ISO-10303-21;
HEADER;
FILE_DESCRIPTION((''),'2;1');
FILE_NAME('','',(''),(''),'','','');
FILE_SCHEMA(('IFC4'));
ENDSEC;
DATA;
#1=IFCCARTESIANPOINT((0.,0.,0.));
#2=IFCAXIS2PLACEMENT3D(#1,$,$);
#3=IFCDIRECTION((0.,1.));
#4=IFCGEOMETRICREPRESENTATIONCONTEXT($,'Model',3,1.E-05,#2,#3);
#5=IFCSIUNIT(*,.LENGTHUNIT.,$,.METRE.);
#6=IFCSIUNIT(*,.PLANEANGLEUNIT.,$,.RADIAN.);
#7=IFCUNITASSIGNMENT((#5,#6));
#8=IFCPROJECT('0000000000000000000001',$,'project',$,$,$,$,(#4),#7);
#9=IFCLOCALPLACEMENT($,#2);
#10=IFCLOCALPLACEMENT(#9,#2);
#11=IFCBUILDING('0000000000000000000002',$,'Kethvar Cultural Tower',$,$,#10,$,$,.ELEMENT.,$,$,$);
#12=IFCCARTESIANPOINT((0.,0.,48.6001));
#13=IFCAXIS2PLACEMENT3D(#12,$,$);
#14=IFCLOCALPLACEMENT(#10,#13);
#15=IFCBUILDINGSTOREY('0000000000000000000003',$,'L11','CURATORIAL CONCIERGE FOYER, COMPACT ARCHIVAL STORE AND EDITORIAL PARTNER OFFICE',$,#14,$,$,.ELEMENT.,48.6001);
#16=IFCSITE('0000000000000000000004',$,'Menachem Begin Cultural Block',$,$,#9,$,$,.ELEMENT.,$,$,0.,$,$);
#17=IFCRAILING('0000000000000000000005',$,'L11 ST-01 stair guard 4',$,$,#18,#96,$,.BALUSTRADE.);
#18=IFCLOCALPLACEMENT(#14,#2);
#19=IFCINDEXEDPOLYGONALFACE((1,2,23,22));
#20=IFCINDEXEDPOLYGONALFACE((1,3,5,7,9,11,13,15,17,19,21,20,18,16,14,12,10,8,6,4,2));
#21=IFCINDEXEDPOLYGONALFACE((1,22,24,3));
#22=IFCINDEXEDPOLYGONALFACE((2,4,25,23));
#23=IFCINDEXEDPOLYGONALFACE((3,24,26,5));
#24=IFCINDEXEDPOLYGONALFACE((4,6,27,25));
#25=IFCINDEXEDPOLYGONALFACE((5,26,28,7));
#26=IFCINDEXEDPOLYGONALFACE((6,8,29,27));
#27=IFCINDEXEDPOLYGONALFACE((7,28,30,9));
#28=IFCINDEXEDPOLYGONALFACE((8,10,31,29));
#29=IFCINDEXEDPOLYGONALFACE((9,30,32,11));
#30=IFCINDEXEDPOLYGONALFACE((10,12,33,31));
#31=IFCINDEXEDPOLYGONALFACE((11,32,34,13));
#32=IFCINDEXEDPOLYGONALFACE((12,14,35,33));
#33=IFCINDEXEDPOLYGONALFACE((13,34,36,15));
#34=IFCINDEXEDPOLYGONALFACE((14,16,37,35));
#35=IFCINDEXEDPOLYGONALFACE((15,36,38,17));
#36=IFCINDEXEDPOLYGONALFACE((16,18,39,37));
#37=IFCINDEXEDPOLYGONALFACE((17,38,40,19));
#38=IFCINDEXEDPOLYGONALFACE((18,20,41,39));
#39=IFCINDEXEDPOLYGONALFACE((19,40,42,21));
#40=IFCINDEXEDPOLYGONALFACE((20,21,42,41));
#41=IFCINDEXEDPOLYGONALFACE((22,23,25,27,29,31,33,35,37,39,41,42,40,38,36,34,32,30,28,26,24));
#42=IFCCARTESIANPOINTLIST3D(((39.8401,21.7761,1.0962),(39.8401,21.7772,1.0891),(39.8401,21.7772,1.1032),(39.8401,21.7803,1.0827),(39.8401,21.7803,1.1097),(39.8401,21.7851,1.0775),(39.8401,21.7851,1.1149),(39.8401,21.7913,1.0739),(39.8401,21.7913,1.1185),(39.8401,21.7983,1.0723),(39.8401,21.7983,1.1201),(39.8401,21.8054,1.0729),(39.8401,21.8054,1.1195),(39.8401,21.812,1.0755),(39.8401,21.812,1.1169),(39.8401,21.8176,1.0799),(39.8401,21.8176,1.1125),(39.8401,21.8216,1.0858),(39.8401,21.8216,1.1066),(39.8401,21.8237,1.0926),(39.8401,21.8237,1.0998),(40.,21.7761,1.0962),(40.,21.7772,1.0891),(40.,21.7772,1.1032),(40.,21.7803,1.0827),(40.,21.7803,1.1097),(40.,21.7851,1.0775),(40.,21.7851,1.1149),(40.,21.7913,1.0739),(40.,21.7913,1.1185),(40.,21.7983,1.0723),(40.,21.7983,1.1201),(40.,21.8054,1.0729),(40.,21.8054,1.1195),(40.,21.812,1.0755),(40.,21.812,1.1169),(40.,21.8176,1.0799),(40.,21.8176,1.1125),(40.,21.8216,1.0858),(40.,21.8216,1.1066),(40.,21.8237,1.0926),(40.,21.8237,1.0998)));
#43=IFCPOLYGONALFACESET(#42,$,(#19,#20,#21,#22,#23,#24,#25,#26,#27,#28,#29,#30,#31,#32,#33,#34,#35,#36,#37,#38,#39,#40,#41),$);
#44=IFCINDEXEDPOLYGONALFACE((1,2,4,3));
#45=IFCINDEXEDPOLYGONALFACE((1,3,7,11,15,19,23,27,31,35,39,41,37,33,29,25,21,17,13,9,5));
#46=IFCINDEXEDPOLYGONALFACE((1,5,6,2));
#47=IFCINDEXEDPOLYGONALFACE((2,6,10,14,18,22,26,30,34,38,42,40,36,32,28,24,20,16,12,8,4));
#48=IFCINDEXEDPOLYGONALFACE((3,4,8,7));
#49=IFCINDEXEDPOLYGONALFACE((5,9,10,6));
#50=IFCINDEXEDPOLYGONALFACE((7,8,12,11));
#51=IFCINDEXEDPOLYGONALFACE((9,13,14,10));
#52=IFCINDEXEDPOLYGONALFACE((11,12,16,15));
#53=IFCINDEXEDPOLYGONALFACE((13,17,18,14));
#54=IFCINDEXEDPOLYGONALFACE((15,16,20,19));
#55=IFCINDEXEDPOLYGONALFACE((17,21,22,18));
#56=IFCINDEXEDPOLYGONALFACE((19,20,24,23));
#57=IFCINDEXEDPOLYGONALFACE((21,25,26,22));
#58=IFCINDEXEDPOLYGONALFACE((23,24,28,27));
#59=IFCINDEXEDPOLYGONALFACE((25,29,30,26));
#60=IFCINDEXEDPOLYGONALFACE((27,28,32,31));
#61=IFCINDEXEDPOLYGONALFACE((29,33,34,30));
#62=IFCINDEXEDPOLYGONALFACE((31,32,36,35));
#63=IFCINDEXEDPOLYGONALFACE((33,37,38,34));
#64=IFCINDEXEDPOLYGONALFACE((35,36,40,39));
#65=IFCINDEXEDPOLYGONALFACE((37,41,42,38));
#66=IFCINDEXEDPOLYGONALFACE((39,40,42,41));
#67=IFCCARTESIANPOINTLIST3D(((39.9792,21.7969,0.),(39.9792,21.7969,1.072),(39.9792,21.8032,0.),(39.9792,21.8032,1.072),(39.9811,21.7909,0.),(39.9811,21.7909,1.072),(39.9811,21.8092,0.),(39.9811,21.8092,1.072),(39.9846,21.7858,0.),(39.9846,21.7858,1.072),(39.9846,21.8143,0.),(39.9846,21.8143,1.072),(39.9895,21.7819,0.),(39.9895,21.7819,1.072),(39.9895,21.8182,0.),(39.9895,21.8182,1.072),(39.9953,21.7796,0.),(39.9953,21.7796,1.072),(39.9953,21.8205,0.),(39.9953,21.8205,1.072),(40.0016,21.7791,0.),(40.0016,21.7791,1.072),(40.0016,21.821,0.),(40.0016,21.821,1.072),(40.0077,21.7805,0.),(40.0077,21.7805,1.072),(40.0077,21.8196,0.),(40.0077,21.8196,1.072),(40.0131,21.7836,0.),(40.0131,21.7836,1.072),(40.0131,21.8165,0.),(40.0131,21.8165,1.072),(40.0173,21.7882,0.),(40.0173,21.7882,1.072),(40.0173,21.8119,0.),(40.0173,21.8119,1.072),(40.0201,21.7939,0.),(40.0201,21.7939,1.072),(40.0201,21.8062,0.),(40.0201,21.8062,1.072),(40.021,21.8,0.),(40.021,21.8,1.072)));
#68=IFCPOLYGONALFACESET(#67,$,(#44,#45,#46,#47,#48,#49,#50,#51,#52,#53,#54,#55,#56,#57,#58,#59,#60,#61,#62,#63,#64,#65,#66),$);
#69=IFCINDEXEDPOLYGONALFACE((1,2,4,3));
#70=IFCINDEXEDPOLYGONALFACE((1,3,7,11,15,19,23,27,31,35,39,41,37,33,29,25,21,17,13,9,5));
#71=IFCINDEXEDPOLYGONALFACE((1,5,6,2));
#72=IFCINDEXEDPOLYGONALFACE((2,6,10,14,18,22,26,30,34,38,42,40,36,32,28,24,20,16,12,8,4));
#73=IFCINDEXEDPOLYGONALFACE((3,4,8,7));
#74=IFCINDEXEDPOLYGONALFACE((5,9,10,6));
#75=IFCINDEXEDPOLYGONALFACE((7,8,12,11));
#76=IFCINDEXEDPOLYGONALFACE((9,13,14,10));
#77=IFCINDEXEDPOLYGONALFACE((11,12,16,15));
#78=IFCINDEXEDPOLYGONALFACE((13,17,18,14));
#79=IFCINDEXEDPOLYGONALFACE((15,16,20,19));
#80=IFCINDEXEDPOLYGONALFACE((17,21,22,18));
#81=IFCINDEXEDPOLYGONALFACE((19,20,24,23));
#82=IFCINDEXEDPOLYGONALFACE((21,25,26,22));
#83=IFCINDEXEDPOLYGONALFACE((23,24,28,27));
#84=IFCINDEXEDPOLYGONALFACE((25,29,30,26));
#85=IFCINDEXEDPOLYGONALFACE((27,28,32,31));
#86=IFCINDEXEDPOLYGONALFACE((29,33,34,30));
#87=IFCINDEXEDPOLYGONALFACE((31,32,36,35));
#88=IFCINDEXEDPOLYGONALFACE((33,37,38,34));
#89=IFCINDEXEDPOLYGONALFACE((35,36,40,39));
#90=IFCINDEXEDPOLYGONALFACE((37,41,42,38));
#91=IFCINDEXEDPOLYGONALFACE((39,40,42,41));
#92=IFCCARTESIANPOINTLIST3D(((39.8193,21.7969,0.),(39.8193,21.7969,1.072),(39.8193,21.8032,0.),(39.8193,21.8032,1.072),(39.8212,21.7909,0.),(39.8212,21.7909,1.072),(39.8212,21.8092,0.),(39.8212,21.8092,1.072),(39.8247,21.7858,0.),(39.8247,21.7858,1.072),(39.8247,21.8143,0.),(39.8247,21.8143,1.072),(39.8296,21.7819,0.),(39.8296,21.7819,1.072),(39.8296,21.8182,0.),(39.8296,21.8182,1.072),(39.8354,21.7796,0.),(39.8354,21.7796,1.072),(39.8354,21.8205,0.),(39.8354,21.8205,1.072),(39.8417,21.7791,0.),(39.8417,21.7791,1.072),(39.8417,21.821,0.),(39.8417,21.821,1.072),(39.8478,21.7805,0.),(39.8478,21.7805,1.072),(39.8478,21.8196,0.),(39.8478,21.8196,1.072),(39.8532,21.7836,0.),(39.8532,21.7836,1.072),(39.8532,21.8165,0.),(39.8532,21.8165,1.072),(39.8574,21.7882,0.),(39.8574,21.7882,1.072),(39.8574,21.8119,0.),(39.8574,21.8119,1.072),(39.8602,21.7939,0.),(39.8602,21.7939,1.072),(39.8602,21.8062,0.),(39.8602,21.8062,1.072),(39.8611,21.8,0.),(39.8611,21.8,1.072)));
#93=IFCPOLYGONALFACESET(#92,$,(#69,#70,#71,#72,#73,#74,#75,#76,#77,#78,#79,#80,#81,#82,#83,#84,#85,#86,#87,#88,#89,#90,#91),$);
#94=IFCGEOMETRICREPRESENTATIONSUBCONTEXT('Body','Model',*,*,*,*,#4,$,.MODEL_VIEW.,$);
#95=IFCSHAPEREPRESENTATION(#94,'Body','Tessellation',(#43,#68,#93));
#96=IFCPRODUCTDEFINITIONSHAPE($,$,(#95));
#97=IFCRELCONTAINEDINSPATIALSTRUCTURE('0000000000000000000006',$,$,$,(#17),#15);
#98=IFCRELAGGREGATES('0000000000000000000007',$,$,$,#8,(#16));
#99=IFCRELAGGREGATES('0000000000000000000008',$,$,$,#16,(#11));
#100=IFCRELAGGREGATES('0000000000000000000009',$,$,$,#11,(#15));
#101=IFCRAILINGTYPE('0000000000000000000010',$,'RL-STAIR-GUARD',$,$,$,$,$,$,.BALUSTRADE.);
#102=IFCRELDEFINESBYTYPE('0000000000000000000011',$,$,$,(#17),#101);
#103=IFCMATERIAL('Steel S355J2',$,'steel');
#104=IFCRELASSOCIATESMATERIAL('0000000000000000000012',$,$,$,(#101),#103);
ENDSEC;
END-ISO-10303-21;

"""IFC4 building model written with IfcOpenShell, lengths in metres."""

from ifc_helpers import new_model, si_unit, direction, frame, origin, origin_2d, place, context, subcontext, project, spatial, circle, extrude, material, type_object, element, save


model = new_model("IFC4")

# Units and contexts
model_context = context("Model", 3, precision=1e-05, world=origin(), true_north=direction((0.0, 1.0)))
body_context = subcontext(model_context, "Body", "Model", "MODEL_VIEW")
ifc_project = project(units=[si_unit("LENGTHUNIT", "METRE"), si_unit("PLANEANGLEUNIT", "RADIAN")], contexts=[model_context])

# Site, building, storey
site_placement = place(None, origin())
site = spatial("IfcSite", under=ifc_project, at=site_placement, Name="Menachem Begin Cultural Block", CompositionType="ELEMENT", RefElevation=0.0)
building_placement = place(site_placement, origin())
building = spatial("IfcBuilding", under=site, at=building_placement, Name="Kethvar Cultural Tower", CompositionType="ELEMENT")
storey_placement = place(building_placement, frame((0.0, 0.0, 48.6001)))
storey = spatial("IfcBuildingStorey", under=building, at=storey_placement, Name="L11", Description="CURATORIAL CONCIERGE FOYER, COMPACT ARCHIVAL STORE AND EDITORIAL PARTNER OFFICE", CompositionType="ELEMENT", Elevation=48.6001)

# Shared definitions
ifc_material_1 = material(Name="Steel S355J2", Category="steel")

# Railing
railing_type_1 = type_object("IfcRailingType", Name="RL-STAIR-GUARD", PredefinedType="BALUSTRADE", material=ifc_material_1)
railing_1_placement = place(storey_placement, frame((40.0, 21.8, 0.0)))
element("IfcRailing", 1, at=railing_1_placement, inside=storey, type_object=railing_type_1, Name="L11 ST-01 stair guard 4", PredefinedType="BALUSTRADE", context=body_context, shape_type="SweptSolid", body=[
    extrude(circle(Radius=0.0239, at=origin_2d()), frame((0.0, 0.0, 1.0962), z_axis=(-1.0, 0.0, 0.0), x_axis=(0.0, -1.0, 0.0)), (0.0, 0.0, 1.0), 0.1599),
    extrude(circle(Radius=0.021, at=origin_2d()), origin(), (0.0, 0.0, 1.0), 1.072),
    extrude(circle(Radius=0.021, at=origin_2d()), frame((-0.1599, 0.0, 0.0)), (0.0, 0.0, 1.0), 1.072),
])

save(model, "model.ifc")
